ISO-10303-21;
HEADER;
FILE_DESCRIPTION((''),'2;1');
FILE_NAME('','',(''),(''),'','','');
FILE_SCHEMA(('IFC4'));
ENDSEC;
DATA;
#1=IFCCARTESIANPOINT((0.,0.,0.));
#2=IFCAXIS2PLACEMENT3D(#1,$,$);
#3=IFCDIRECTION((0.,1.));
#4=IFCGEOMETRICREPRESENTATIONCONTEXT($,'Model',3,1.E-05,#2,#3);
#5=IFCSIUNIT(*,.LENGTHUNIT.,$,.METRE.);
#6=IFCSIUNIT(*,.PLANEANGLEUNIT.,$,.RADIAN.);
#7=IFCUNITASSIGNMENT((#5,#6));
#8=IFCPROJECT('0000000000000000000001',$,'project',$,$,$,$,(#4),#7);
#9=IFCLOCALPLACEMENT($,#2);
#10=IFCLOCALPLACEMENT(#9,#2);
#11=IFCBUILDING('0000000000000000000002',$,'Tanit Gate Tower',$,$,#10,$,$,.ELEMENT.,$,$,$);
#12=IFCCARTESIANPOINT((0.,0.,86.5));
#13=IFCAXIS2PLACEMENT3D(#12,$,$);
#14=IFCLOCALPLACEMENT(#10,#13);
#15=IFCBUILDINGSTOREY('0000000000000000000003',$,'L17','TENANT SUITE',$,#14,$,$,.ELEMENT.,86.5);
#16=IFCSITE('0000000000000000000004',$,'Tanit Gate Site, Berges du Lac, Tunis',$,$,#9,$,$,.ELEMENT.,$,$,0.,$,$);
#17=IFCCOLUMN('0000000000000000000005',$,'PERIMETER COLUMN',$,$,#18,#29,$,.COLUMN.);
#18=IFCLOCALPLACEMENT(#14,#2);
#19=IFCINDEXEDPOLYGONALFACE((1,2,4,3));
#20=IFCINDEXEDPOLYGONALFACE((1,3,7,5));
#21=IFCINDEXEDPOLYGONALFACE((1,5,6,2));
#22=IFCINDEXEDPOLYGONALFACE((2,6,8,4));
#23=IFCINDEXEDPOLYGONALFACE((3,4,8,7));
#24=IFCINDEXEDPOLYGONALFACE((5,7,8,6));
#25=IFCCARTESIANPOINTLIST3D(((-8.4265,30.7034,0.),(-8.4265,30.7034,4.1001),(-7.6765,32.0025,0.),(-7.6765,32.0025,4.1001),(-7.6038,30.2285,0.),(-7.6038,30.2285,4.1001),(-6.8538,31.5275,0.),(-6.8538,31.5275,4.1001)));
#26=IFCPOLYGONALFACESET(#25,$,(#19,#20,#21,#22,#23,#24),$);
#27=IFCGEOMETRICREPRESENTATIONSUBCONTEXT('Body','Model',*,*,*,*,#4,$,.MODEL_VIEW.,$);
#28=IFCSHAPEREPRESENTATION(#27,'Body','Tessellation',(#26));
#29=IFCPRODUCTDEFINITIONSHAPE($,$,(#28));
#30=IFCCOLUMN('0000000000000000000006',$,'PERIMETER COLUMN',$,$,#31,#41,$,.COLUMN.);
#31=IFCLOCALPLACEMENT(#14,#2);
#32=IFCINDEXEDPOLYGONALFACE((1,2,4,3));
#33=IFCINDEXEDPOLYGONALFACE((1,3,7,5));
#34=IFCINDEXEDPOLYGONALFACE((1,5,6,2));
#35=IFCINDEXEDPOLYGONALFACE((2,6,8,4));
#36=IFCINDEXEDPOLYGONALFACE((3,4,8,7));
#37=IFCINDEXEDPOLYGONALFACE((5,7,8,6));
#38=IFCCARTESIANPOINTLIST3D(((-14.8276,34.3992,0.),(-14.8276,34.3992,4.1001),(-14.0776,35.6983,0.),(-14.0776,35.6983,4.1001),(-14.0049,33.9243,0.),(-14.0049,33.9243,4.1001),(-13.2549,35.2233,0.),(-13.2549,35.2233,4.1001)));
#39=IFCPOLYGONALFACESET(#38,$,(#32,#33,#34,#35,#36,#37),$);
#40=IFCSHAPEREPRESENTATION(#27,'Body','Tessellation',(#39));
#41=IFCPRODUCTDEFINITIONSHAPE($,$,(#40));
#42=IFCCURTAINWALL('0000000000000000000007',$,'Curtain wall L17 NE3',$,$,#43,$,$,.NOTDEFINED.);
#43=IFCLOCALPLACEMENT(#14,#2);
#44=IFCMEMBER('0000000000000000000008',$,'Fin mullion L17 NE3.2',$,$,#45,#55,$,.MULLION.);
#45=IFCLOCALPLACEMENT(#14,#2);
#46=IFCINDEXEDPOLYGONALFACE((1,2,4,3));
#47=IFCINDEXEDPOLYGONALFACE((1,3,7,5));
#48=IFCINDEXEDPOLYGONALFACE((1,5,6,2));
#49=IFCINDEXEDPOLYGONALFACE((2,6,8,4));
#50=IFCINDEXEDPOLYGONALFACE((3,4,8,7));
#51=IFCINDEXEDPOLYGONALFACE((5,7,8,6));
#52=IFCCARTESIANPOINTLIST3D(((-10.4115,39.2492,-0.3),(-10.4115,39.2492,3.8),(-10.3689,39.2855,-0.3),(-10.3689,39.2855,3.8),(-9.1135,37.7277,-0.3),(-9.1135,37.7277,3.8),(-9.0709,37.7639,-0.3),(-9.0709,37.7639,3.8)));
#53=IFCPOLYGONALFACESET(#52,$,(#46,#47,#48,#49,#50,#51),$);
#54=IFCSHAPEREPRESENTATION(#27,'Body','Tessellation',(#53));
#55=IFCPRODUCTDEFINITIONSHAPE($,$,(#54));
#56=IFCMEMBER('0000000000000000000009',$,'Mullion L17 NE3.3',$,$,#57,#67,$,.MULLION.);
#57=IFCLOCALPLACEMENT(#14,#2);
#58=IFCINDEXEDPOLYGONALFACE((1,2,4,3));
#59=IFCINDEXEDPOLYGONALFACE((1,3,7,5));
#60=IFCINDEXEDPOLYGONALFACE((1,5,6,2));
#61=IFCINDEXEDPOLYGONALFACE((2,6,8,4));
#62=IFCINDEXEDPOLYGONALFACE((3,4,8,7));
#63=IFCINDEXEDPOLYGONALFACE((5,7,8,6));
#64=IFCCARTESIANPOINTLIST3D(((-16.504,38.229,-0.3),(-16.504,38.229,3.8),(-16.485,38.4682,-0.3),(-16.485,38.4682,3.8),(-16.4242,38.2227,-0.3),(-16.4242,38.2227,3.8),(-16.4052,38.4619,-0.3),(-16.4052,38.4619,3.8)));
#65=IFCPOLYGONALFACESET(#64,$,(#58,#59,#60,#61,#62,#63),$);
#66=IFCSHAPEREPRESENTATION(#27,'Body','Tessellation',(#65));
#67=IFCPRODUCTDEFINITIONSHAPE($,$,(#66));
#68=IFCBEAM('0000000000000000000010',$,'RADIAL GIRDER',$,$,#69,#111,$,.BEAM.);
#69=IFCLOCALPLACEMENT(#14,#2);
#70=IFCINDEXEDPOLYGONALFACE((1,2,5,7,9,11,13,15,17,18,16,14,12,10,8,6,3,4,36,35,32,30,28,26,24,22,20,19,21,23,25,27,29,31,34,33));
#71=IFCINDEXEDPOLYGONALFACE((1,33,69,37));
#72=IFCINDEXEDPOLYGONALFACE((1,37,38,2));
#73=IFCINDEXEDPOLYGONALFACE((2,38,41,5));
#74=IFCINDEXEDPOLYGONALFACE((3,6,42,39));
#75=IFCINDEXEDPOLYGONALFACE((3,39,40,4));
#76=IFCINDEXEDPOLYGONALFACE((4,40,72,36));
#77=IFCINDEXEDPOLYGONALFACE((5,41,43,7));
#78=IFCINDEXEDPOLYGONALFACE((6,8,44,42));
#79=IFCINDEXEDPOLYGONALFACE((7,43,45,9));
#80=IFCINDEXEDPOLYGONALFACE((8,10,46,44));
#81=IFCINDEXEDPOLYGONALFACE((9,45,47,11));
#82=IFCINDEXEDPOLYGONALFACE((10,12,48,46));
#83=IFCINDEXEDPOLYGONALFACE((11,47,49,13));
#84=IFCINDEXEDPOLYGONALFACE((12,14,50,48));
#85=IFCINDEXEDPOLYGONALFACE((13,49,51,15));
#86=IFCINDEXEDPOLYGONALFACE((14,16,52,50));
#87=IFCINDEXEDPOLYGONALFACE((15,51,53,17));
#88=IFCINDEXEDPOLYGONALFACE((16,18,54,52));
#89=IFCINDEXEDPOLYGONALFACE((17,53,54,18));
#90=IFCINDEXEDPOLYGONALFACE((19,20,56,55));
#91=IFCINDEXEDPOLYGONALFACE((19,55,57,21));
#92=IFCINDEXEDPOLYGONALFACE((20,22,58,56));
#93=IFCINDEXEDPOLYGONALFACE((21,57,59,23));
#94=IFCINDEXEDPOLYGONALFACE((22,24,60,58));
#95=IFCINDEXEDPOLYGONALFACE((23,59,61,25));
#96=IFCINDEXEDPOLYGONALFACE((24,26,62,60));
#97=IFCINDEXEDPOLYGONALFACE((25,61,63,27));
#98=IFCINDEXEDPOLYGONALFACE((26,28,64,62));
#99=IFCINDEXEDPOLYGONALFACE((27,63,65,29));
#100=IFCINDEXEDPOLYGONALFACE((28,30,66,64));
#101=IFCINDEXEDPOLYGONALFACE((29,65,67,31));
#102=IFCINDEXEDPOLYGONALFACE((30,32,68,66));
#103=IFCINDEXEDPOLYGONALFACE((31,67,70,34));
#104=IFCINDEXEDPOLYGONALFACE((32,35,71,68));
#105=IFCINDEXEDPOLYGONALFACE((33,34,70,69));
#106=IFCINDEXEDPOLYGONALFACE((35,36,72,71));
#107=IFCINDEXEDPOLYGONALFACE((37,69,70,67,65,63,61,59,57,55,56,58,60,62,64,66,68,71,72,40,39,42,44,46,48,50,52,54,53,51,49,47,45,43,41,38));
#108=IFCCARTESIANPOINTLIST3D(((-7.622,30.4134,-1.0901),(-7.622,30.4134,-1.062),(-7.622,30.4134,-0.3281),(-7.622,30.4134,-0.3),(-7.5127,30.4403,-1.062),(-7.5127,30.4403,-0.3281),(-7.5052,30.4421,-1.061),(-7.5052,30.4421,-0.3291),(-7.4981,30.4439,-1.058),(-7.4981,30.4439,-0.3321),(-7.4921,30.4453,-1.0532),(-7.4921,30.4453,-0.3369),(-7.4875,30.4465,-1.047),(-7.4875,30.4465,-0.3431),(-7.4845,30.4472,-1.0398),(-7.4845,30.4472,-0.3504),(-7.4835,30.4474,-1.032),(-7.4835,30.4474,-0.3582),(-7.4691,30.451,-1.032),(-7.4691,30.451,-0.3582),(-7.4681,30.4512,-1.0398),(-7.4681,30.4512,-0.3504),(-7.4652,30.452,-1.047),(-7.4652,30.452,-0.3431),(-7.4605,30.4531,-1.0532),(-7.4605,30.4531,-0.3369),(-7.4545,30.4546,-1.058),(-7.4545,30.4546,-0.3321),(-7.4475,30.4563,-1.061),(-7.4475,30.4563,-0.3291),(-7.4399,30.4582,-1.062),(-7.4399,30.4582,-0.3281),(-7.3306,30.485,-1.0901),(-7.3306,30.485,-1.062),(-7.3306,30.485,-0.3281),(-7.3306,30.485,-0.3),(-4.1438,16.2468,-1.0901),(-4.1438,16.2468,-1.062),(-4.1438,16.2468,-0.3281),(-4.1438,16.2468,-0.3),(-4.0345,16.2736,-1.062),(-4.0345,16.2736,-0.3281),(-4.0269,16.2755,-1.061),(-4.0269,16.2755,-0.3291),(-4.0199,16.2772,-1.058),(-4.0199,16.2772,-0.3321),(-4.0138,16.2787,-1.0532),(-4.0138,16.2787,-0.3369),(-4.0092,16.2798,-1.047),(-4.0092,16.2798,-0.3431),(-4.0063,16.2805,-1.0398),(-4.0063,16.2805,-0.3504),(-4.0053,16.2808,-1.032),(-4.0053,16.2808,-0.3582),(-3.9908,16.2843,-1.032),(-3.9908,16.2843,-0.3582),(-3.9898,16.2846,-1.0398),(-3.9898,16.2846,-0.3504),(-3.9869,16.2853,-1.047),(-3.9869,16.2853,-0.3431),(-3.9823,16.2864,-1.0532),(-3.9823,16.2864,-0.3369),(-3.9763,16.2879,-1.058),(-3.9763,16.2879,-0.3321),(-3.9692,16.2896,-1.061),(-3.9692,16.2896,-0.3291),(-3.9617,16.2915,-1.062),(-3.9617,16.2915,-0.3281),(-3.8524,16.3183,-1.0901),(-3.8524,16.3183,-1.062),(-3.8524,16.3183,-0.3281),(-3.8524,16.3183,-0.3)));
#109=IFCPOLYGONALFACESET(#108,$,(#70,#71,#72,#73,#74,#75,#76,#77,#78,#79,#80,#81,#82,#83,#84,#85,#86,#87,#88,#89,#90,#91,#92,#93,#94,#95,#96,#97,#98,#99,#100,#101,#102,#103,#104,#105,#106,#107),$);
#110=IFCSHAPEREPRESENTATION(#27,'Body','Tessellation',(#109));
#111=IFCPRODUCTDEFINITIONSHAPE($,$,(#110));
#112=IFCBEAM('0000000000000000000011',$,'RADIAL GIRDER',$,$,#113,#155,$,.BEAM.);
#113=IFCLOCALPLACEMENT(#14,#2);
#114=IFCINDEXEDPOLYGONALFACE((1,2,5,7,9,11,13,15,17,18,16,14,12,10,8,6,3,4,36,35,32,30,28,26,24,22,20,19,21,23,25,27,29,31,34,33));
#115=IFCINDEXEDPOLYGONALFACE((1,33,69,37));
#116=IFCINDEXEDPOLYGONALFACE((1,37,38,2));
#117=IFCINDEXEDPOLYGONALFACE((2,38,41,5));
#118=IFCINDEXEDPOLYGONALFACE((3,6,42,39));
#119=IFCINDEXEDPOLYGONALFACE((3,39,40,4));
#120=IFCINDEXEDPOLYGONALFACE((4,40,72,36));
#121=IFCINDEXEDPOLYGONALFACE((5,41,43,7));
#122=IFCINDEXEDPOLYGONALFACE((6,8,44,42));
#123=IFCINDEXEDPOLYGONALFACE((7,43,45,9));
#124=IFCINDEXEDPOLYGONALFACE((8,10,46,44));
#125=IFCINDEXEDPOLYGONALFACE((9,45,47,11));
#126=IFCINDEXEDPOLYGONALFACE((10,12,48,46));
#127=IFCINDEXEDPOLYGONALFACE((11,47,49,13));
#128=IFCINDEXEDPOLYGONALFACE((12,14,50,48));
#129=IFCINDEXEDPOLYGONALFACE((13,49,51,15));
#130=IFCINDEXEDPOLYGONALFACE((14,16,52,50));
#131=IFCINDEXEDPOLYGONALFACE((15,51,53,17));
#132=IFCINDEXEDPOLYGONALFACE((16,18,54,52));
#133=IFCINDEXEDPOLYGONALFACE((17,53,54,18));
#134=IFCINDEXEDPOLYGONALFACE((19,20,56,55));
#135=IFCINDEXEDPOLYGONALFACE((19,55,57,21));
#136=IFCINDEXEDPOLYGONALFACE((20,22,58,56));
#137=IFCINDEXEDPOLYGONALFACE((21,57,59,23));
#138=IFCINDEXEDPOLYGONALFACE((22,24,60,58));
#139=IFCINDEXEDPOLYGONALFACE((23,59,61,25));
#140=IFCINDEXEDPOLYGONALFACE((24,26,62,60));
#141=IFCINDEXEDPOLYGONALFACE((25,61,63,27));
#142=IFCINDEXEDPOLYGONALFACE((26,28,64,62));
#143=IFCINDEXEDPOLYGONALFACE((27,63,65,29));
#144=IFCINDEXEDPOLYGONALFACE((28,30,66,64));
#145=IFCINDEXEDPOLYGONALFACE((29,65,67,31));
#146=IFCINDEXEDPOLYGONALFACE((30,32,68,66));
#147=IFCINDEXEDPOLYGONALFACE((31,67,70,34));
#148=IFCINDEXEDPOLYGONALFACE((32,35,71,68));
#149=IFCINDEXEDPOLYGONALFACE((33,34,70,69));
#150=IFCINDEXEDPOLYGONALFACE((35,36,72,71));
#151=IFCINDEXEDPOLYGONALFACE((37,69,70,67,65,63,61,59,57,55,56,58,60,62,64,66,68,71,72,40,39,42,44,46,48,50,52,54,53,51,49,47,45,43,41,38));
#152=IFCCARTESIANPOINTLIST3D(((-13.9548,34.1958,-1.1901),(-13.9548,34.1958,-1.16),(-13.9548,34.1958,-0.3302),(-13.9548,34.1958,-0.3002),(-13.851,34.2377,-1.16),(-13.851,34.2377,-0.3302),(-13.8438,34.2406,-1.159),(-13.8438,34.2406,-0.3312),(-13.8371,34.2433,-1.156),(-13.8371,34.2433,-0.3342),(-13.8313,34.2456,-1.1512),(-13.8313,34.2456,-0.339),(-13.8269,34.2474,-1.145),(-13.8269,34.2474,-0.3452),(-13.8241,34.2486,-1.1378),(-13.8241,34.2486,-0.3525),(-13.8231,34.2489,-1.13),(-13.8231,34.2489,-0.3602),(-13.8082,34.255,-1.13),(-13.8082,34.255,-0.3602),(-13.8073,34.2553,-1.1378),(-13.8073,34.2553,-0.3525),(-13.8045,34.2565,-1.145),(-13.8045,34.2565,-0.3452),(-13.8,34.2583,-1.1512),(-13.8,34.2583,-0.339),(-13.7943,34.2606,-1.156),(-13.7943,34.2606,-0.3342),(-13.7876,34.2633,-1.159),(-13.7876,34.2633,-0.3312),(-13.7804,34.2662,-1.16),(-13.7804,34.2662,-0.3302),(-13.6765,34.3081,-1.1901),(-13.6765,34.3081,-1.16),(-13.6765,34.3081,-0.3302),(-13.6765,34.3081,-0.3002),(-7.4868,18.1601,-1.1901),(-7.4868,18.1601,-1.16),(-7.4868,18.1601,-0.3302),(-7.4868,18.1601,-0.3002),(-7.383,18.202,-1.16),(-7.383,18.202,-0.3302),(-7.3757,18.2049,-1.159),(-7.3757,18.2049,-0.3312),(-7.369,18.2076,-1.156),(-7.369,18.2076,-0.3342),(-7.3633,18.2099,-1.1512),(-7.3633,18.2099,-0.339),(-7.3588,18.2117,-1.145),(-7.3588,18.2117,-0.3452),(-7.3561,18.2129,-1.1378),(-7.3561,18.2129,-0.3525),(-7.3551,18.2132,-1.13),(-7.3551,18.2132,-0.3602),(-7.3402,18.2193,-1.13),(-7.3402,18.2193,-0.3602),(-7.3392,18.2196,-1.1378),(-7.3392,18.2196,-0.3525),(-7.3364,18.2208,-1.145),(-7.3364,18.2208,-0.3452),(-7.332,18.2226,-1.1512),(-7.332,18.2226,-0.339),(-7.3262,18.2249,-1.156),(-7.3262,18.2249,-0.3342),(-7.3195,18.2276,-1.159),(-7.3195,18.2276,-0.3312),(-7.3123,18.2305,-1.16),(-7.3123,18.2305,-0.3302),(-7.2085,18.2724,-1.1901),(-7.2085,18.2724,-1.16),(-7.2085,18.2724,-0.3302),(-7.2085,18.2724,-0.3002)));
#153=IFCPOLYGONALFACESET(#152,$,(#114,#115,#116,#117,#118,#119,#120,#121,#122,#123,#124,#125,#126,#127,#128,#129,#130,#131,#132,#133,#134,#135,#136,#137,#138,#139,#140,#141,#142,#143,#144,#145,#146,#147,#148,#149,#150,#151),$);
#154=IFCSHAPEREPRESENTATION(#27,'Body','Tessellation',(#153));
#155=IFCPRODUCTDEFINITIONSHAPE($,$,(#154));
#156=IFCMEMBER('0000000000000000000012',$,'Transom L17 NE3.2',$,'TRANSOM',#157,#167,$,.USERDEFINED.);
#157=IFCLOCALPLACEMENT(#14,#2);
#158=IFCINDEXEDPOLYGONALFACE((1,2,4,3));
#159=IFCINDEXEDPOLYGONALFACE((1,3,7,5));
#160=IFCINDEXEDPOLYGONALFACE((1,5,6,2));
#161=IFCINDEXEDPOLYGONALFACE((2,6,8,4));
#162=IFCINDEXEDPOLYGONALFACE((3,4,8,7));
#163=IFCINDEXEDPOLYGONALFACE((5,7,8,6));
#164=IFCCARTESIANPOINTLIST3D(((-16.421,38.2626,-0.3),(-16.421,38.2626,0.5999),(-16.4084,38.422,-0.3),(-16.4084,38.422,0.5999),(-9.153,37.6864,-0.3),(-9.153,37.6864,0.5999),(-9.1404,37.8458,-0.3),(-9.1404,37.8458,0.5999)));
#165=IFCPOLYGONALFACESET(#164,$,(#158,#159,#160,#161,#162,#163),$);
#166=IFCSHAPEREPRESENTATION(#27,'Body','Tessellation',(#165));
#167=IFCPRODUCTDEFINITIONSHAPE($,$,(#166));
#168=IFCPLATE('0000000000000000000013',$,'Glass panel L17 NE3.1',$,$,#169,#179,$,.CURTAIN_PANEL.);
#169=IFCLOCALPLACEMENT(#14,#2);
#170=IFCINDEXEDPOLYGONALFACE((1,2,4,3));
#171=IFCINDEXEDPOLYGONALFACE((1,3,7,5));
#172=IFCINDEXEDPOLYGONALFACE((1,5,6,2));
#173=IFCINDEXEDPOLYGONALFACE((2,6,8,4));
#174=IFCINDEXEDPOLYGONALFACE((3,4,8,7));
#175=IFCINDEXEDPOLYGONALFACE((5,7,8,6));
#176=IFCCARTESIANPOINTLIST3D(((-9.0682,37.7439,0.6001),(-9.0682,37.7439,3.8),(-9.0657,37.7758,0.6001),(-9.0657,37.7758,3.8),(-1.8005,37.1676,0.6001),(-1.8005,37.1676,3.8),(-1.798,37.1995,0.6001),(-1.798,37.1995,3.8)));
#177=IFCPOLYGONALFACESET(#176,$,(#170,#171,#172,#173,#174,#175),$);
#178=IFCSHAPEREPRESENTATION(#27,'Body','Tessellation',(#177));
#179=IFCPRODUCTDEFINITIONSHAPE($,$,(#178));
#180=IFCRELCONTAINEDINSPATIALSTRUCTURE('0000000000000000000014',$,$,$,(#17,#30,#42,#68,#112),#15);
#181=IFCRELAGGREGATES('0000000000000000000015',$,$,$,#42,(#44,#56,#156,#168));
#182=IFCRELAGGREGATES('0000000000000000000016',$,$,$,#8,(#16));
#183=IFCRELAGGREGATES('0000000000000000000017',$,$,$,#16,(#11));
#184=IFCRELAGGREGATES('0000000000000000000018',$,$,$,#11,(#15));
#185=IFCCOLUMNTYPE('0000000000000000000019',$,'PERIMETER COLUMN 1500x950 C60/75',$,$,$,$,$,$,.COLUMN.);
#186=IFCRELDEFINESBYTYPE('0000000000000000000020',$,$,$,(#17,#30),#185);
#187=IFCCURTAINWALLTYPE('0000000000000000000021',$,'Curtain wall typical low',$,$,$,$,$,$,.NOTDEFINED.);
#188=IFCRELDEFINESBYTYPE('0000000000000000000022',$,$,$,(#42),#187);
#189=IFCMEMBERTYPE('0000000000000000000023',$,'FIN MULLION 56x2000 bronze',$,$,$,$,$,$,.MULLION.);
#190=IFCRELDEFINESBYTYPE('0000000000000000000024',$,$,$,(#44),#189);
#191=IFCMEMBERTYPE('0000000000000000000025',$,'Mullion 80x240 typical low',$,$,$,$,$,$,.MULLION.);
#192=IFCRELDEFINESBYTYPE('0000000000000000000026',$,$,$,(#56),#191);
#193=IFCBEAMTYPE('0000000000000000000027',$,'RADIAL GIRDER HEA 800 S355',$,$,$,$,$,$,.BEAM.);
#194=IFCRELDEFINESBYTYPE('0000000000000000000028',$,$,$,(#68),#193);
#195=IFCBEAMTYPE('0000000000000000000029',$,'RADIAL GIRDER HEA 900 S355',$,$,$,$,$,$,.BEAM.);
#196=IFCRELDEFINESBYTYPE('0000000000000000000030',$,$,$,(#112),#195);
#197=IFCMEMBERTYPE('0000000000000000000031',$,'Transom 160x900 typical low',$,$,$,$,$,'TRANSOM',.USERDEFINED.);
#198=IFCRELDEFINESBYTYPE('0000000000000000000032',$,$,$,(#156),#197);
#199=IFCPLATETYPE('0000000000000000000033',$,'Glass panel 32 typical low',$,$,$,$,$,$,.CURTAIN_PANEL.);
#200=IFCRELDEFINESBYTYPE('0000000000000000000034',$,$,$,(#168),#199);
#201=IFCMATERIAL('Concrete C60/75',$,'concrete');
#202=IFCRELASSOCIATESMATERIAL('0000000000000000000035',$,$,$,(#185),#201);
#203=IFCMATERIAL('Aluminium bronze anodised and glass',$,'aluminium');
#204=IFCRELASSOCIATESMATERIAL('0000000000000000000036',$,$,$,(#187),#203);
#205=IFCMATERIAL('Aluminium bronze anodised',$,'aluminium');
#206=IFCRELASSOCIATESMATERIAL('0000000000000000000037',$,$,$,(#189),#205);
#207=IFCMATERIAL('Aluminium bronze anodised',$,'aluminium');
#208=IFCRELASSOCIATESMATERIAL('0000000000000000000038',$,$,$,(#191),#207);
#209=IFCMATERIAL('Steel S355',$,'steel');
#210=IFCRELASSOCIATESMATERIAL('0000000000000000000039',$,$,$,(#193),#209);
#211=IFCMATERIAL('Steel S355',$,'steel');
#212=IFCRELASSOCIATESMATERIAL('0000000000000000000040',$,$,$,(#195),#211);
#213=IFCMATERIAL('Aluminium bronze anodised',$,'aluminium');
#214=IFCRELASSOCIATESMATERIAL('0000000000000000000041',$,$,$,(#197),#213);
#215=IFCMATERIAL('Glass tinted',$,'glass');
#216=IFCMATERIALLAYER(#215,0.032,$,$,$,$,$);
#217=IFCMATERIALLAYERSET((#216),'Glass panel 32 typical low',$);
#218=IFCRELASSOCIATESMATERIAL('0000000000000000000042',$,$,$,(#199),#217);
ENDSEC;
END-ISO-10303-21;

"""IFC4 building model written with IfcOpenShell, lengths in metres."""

from ifc_helpers import new_model, si_unit, direction, frame, origin, origin_2d, place, context, subcontext, project, spatial, rectangle, i_section, extrude, material, layer, layer_set, material_profile, profile_set, type_object, element, aggregate, save


model = new_model("IFC4")

# Units and contexts
model_context = context("Model", 3, precision=1e-05, world=origin(), true_north=direction((0.0, 1.0)))
body_context = subcontext(model_context, "Body", "Model", "MODEL_VIEW")
ifc_project = project(units=[si_unit("LENGTHUNIT", "METRE"), si_unit("PLANEANGLEUNIT", "RADIAN")], contexts=[model_context])

# Site, building, storey
site_placement = place(None, origin())
site = spatial("IfcSite", under=ifc_project, at=site_placement, Name="Tanit Gate Site, Berges du Lac, Tunis", CompositionType="ELEMENT", RefElevation=0.0)
building_placement = place(site_placement, origin())
building = spatial("IfcBuilding", under=site, at=building_placement, Name="Tanit Gate Tower", CompositionType="ELEMENT")
storey_placement = place(building_placement, frame((0.0, 0.0, 86.5)))
storey = spatial("IfcBuildingStorey", under=building, at=storey_placement, Name="L17", Description="TENANT SUITE", CompositionType="ELEMENT", Elevation=86.5)

# Columns
ifc_material_1 = material(Name="Concrete C60/75", Category="concrete")
ifc_material_profile_1 = material_profile(ifc_material_1, rectangle(XDim=1.5, YDim=0.95, at=origin_2d()), Name="RC 1500x950")
ifc_profile_set_1 = profile_set([ifc_material_profile_1], Name="Concrete C60/75")
column_type = type_object("IfcColumnType", Name="PERIMETER COLUMN 1500x950 C60/75", PredefinedType="COLUMN", material=ifc_profile_set_1)
for number, where, z_axis, x_axis, name in (
    (1, (-7.6401, 31.1155, 0.0), (0.0, 0.0, 1.0), (0.5, 0.866025, 0.0), "PERIMETER COLUMN"),
    (2, (-14.0413, 34.8113, 0.0), (0.0, 0.0, 1.0), (0.5, 0.866025, 0.0), "PERIMETER COLUMN"),
):
    element("IfcColumn", number, at=place(storey_placement, frame(where, z_axis=z_axis, x_axis=x_axis)), inside=storey, type_object=column_type, Name=name, PredefinedType="COLUMN", context=body_context, shape_type="SweptSolid", body=[
        extrude(rectangle(XDim=1.5, YDim=0.95, at=origin_2d()), origin(), (0.0, 0.0, 1.0), 4.1001),
    ])

# Curtain wall, members
ifc_material_2 = material(Name="Aluminium bronze anodised and glass", Category="aluminium")
curtain_wall_type = type_object("IfcCurtainWallType", Name="Curtain wall typical low", PredefinedType="NOTDEFINED", material=ifc_material_2)
curtain_wall_placement = place(storey_placement, origin())
curtain_wall = element("IfcCurtainWall", 3, at=curtain_wall_placement, inside=storey, type_object=curtain_wall_type, Name="Curtain wall L17 NE3", PredefinedType="NOTDEFINED")
ifc_material_3 = material(Name="Aluminium bronze anodised", Category="aluminium")
ifc_material_profile_2 = material_profile(ifc_material_3, rectangle(XDim=2.0, YDim=0.0559, at=origin_2d()), Name="56x2000 bronze fin mullion")
ifc_profile_set_2 = profile_set([ifc_material_profile_2], Name="Aluminium bronze anodised")
member_type_1 = type_object("IfcMemberType", Name="FIN MULLION 56x2000 bronze", PredefinedType="MULLION", material=ifc_profile_set_2)
member_1_placement = place(storey_placement, frame((-9.7412, 38.5066, -0.3), z_axis=(0.0, 0.0, 1.0), x_axis=(0.649001, -0.760787, 0.0)))
member_1 = element("IfcMember", 4, at=member_1_placement, type_object=member_type_1, Name="Fin mullion L17 NE3.2", PredefinedType="MULLION", context=body_context, shape_type="SweptSolid", body=[
    extrude(rectangle(XDim=2.0, YDim=0.0559, at=origin_2d()), origin(), (0.0, 0.0, 1.0), 4.1001),
])
ifc_material_4 = material(Name="Aluminium bronze anodised", Category="aluminium")
ifc_material_profile_3 = material_profile(ifc_material_4, rectangle(XDim=0.24, YDim=0.0801, at=origin_2d()), Name="80x240 bronze mullion")
ifc_profile_set_3 = profile_set([ifc_material_profile_3], Name="Aluminium bronze anodised")
member_type_2 = type_object("IfcMemberType", Name="Mullion 80x240 typical low", PredefinedType="MULLION", material=ifc_profile_set_3)
member_2_placement = place(storey_placement, frame((-16.4546, 38.3455, -0.3), z_axis=(0.0, 0.0, 1.0), x_axis=(-0.079045, -0.996871, 0.0)))
member_2 = element("IfcMember", 5, at=member_2_placement, type_object=member_type_2, Name="Mullion L17 NE3.3", PredefinedType="MULLION", context=body_context, shape_type="SweptSolid", body=[
    extrude(rectangle(XDim=0.24, YDim=0.0801, at=origin_2d()), origin(), (0.0, 0.0, 1.0), 4.1001),
])

# Beams
ifc_material_5 = material(Name="Steel S355", Category="steel")
ifc_material_profile_4 = material_profile(ifc_material_5, i_section(OverallWidth=0.3, OverallDepth=0.79, WebThickness=0.0149, FlangeThickness=0.0281, FilletRadius=0.03, at=origin_2d()), Name="HEA 800")
ifc_profile_set_4 = profile_set([ifc_material_profile_4], Name="Steel S355")
beam_type_1 = type_object("IfcBeamType", Name="RADIAL GIRDER HEA 800 S355", PredefinedType="BEAM", material=ifc_profile_set_4)
beam_1_placement = place(storey_placement, frame((-7.4763, 30.4492, -0.6951), z_axis=(0.238442, -0.971157, 0.0), x_axis=(0.971157, 0.238442, 0.0)))
element("IfcBeam", 6, at=beam_1_placement, inside=storey, type_object=beam_type_1, Name="RADIAL GIRDER", PredefinedType="BEAM", context=body_context, shape_type="SweptSolid", body=[
    extrude(i_section(OverallWidth=0.3, OverallDepth=0.79, WebThickness=0.0149, FlangeThickness=0.0281, FilletRadius=0.03, at=origin_2d()), origin(), (0.0, 0.0, 1.0), 14.5874),
])
ifc_material_6 = material(Name="Steel S355", Category="steel")
ifc_material_profile_5 = material_profile(ifc_material_6, i_section(OverallWidth=0.3, OverallDepth=0.8899, WebThickness=0.0161, FlangeThickness=0.03, FilletRadius=0.03, at=origin_2d()), Name="HEA 900")
ifc_profile_set_5 = profile_set([ifc_material_profile_5], Name="Steel S355")
beam_type_2 = type_object("IfcBeamType", Name="RADIAL GIRDER HEA 900 S355", PredefinedType="BEAM", material=ifc_profile_set_5)
beam_2_placement = place(storey_placement, frame((-13.8157, 34.252, -0.7451), z_axis=(0.374069, -0.927401, 0.0), x_axis=(0.927401, 0.374069, 0.0)))
element("IfcBeam", 7, at=beam_2_placement, inside=storey, type_object=beam_type_2, Name="RADIAL GIRDER", PredefinedType="BEAM", context=body_context, shape_type="SweptSolid", body=[
    extrude(i_section(OverallWidth=0.3, OverallDepth=0.8899, WebThickness=0.0161, FlangeThickness=0.03, FilletRadius=0.03, at=origin_2d()), origin(), (0.0, 0.0, 1.0), 17.291),
])

# Member
ifc_material_7 = material(Name="Aluminium bronze anodised", Category="aluminium")
ifc_material_profile_6 = material_profile(ifc_material_7, rectangle(XDim=0.1599, YDim=0.8999, at=origin_2d()), Name="160x900 bronze transom")
ifc_profile_set_6 = profile_set([ifc_material_profile_6], Name="Aluminium bronze anodised")
member_type_3 = type_object("IfcMemberType", Name="Transom 160x900 typical low", ElementType="TRANSOM", PredefinedType="USERDEFINED", material=ifc_profile_set_6)
member_3_placement = place(storey_placement, frame((-9.1467, 37.7661, 0.1499), z_axis=(-0.996873, 0.079027, 0.0), x_axis=(-0.079027, -0.996873, 0.0)))
member_3 = element("IfcMember", 8, at=member_3_placement, type_object=member_type_3, Name="Transom L17 NE3.2", ObjectType="TRANSOM", PredefinedType="USERDEFINED", context=body_context, shape_type="SweptSolid", body=[
    extrude(rectangle(XDim=0.1599, YDim=0.8999, at=origin_2d()), origin(), (0.0, 0.0, 1.0), 7.2908),
])

# Plate
ifc_material_8 = material(Name="Glass tinted", Category="glass")
ifc_layer_1 = layer(ifc_material_8, 0.032)
ifc_layer_set_1 = layer_set([ifc_layer_1], Name="Glass panel 32 typical low")
plate_type = type_object("IfcPlateType", Name="Glass panel 32 typical low", PredefinedType="CURTAIN_PANEL", material=ifc_layer_set_1)
plate_1_placement = place(storey_placement, frame((-5.4331, 37.4717, 0.6001), z_axis=(0.0, 0.0, 1.0), x_axis=(-0.996871, 0.079045, 0.0)))
plate_1 = element("IfcPlate", 9, at=plate_1_placement, type_object=plate_type, Name="Glass panel L17 NE3.1", PredefinedType="CURTAIN_PANEL", context=body_context, shape_type="SweptSolid", body=[
    extrude(rectangle(XDim=7.2905, YDim=0.032, at=origin_2d()), origin(), (0.0, 0.0, 1.0), 3.2),
])
aggregate(curtain_wall, [member_1, member_2, member_3, plate_1])

save(model, "model.ifc")
